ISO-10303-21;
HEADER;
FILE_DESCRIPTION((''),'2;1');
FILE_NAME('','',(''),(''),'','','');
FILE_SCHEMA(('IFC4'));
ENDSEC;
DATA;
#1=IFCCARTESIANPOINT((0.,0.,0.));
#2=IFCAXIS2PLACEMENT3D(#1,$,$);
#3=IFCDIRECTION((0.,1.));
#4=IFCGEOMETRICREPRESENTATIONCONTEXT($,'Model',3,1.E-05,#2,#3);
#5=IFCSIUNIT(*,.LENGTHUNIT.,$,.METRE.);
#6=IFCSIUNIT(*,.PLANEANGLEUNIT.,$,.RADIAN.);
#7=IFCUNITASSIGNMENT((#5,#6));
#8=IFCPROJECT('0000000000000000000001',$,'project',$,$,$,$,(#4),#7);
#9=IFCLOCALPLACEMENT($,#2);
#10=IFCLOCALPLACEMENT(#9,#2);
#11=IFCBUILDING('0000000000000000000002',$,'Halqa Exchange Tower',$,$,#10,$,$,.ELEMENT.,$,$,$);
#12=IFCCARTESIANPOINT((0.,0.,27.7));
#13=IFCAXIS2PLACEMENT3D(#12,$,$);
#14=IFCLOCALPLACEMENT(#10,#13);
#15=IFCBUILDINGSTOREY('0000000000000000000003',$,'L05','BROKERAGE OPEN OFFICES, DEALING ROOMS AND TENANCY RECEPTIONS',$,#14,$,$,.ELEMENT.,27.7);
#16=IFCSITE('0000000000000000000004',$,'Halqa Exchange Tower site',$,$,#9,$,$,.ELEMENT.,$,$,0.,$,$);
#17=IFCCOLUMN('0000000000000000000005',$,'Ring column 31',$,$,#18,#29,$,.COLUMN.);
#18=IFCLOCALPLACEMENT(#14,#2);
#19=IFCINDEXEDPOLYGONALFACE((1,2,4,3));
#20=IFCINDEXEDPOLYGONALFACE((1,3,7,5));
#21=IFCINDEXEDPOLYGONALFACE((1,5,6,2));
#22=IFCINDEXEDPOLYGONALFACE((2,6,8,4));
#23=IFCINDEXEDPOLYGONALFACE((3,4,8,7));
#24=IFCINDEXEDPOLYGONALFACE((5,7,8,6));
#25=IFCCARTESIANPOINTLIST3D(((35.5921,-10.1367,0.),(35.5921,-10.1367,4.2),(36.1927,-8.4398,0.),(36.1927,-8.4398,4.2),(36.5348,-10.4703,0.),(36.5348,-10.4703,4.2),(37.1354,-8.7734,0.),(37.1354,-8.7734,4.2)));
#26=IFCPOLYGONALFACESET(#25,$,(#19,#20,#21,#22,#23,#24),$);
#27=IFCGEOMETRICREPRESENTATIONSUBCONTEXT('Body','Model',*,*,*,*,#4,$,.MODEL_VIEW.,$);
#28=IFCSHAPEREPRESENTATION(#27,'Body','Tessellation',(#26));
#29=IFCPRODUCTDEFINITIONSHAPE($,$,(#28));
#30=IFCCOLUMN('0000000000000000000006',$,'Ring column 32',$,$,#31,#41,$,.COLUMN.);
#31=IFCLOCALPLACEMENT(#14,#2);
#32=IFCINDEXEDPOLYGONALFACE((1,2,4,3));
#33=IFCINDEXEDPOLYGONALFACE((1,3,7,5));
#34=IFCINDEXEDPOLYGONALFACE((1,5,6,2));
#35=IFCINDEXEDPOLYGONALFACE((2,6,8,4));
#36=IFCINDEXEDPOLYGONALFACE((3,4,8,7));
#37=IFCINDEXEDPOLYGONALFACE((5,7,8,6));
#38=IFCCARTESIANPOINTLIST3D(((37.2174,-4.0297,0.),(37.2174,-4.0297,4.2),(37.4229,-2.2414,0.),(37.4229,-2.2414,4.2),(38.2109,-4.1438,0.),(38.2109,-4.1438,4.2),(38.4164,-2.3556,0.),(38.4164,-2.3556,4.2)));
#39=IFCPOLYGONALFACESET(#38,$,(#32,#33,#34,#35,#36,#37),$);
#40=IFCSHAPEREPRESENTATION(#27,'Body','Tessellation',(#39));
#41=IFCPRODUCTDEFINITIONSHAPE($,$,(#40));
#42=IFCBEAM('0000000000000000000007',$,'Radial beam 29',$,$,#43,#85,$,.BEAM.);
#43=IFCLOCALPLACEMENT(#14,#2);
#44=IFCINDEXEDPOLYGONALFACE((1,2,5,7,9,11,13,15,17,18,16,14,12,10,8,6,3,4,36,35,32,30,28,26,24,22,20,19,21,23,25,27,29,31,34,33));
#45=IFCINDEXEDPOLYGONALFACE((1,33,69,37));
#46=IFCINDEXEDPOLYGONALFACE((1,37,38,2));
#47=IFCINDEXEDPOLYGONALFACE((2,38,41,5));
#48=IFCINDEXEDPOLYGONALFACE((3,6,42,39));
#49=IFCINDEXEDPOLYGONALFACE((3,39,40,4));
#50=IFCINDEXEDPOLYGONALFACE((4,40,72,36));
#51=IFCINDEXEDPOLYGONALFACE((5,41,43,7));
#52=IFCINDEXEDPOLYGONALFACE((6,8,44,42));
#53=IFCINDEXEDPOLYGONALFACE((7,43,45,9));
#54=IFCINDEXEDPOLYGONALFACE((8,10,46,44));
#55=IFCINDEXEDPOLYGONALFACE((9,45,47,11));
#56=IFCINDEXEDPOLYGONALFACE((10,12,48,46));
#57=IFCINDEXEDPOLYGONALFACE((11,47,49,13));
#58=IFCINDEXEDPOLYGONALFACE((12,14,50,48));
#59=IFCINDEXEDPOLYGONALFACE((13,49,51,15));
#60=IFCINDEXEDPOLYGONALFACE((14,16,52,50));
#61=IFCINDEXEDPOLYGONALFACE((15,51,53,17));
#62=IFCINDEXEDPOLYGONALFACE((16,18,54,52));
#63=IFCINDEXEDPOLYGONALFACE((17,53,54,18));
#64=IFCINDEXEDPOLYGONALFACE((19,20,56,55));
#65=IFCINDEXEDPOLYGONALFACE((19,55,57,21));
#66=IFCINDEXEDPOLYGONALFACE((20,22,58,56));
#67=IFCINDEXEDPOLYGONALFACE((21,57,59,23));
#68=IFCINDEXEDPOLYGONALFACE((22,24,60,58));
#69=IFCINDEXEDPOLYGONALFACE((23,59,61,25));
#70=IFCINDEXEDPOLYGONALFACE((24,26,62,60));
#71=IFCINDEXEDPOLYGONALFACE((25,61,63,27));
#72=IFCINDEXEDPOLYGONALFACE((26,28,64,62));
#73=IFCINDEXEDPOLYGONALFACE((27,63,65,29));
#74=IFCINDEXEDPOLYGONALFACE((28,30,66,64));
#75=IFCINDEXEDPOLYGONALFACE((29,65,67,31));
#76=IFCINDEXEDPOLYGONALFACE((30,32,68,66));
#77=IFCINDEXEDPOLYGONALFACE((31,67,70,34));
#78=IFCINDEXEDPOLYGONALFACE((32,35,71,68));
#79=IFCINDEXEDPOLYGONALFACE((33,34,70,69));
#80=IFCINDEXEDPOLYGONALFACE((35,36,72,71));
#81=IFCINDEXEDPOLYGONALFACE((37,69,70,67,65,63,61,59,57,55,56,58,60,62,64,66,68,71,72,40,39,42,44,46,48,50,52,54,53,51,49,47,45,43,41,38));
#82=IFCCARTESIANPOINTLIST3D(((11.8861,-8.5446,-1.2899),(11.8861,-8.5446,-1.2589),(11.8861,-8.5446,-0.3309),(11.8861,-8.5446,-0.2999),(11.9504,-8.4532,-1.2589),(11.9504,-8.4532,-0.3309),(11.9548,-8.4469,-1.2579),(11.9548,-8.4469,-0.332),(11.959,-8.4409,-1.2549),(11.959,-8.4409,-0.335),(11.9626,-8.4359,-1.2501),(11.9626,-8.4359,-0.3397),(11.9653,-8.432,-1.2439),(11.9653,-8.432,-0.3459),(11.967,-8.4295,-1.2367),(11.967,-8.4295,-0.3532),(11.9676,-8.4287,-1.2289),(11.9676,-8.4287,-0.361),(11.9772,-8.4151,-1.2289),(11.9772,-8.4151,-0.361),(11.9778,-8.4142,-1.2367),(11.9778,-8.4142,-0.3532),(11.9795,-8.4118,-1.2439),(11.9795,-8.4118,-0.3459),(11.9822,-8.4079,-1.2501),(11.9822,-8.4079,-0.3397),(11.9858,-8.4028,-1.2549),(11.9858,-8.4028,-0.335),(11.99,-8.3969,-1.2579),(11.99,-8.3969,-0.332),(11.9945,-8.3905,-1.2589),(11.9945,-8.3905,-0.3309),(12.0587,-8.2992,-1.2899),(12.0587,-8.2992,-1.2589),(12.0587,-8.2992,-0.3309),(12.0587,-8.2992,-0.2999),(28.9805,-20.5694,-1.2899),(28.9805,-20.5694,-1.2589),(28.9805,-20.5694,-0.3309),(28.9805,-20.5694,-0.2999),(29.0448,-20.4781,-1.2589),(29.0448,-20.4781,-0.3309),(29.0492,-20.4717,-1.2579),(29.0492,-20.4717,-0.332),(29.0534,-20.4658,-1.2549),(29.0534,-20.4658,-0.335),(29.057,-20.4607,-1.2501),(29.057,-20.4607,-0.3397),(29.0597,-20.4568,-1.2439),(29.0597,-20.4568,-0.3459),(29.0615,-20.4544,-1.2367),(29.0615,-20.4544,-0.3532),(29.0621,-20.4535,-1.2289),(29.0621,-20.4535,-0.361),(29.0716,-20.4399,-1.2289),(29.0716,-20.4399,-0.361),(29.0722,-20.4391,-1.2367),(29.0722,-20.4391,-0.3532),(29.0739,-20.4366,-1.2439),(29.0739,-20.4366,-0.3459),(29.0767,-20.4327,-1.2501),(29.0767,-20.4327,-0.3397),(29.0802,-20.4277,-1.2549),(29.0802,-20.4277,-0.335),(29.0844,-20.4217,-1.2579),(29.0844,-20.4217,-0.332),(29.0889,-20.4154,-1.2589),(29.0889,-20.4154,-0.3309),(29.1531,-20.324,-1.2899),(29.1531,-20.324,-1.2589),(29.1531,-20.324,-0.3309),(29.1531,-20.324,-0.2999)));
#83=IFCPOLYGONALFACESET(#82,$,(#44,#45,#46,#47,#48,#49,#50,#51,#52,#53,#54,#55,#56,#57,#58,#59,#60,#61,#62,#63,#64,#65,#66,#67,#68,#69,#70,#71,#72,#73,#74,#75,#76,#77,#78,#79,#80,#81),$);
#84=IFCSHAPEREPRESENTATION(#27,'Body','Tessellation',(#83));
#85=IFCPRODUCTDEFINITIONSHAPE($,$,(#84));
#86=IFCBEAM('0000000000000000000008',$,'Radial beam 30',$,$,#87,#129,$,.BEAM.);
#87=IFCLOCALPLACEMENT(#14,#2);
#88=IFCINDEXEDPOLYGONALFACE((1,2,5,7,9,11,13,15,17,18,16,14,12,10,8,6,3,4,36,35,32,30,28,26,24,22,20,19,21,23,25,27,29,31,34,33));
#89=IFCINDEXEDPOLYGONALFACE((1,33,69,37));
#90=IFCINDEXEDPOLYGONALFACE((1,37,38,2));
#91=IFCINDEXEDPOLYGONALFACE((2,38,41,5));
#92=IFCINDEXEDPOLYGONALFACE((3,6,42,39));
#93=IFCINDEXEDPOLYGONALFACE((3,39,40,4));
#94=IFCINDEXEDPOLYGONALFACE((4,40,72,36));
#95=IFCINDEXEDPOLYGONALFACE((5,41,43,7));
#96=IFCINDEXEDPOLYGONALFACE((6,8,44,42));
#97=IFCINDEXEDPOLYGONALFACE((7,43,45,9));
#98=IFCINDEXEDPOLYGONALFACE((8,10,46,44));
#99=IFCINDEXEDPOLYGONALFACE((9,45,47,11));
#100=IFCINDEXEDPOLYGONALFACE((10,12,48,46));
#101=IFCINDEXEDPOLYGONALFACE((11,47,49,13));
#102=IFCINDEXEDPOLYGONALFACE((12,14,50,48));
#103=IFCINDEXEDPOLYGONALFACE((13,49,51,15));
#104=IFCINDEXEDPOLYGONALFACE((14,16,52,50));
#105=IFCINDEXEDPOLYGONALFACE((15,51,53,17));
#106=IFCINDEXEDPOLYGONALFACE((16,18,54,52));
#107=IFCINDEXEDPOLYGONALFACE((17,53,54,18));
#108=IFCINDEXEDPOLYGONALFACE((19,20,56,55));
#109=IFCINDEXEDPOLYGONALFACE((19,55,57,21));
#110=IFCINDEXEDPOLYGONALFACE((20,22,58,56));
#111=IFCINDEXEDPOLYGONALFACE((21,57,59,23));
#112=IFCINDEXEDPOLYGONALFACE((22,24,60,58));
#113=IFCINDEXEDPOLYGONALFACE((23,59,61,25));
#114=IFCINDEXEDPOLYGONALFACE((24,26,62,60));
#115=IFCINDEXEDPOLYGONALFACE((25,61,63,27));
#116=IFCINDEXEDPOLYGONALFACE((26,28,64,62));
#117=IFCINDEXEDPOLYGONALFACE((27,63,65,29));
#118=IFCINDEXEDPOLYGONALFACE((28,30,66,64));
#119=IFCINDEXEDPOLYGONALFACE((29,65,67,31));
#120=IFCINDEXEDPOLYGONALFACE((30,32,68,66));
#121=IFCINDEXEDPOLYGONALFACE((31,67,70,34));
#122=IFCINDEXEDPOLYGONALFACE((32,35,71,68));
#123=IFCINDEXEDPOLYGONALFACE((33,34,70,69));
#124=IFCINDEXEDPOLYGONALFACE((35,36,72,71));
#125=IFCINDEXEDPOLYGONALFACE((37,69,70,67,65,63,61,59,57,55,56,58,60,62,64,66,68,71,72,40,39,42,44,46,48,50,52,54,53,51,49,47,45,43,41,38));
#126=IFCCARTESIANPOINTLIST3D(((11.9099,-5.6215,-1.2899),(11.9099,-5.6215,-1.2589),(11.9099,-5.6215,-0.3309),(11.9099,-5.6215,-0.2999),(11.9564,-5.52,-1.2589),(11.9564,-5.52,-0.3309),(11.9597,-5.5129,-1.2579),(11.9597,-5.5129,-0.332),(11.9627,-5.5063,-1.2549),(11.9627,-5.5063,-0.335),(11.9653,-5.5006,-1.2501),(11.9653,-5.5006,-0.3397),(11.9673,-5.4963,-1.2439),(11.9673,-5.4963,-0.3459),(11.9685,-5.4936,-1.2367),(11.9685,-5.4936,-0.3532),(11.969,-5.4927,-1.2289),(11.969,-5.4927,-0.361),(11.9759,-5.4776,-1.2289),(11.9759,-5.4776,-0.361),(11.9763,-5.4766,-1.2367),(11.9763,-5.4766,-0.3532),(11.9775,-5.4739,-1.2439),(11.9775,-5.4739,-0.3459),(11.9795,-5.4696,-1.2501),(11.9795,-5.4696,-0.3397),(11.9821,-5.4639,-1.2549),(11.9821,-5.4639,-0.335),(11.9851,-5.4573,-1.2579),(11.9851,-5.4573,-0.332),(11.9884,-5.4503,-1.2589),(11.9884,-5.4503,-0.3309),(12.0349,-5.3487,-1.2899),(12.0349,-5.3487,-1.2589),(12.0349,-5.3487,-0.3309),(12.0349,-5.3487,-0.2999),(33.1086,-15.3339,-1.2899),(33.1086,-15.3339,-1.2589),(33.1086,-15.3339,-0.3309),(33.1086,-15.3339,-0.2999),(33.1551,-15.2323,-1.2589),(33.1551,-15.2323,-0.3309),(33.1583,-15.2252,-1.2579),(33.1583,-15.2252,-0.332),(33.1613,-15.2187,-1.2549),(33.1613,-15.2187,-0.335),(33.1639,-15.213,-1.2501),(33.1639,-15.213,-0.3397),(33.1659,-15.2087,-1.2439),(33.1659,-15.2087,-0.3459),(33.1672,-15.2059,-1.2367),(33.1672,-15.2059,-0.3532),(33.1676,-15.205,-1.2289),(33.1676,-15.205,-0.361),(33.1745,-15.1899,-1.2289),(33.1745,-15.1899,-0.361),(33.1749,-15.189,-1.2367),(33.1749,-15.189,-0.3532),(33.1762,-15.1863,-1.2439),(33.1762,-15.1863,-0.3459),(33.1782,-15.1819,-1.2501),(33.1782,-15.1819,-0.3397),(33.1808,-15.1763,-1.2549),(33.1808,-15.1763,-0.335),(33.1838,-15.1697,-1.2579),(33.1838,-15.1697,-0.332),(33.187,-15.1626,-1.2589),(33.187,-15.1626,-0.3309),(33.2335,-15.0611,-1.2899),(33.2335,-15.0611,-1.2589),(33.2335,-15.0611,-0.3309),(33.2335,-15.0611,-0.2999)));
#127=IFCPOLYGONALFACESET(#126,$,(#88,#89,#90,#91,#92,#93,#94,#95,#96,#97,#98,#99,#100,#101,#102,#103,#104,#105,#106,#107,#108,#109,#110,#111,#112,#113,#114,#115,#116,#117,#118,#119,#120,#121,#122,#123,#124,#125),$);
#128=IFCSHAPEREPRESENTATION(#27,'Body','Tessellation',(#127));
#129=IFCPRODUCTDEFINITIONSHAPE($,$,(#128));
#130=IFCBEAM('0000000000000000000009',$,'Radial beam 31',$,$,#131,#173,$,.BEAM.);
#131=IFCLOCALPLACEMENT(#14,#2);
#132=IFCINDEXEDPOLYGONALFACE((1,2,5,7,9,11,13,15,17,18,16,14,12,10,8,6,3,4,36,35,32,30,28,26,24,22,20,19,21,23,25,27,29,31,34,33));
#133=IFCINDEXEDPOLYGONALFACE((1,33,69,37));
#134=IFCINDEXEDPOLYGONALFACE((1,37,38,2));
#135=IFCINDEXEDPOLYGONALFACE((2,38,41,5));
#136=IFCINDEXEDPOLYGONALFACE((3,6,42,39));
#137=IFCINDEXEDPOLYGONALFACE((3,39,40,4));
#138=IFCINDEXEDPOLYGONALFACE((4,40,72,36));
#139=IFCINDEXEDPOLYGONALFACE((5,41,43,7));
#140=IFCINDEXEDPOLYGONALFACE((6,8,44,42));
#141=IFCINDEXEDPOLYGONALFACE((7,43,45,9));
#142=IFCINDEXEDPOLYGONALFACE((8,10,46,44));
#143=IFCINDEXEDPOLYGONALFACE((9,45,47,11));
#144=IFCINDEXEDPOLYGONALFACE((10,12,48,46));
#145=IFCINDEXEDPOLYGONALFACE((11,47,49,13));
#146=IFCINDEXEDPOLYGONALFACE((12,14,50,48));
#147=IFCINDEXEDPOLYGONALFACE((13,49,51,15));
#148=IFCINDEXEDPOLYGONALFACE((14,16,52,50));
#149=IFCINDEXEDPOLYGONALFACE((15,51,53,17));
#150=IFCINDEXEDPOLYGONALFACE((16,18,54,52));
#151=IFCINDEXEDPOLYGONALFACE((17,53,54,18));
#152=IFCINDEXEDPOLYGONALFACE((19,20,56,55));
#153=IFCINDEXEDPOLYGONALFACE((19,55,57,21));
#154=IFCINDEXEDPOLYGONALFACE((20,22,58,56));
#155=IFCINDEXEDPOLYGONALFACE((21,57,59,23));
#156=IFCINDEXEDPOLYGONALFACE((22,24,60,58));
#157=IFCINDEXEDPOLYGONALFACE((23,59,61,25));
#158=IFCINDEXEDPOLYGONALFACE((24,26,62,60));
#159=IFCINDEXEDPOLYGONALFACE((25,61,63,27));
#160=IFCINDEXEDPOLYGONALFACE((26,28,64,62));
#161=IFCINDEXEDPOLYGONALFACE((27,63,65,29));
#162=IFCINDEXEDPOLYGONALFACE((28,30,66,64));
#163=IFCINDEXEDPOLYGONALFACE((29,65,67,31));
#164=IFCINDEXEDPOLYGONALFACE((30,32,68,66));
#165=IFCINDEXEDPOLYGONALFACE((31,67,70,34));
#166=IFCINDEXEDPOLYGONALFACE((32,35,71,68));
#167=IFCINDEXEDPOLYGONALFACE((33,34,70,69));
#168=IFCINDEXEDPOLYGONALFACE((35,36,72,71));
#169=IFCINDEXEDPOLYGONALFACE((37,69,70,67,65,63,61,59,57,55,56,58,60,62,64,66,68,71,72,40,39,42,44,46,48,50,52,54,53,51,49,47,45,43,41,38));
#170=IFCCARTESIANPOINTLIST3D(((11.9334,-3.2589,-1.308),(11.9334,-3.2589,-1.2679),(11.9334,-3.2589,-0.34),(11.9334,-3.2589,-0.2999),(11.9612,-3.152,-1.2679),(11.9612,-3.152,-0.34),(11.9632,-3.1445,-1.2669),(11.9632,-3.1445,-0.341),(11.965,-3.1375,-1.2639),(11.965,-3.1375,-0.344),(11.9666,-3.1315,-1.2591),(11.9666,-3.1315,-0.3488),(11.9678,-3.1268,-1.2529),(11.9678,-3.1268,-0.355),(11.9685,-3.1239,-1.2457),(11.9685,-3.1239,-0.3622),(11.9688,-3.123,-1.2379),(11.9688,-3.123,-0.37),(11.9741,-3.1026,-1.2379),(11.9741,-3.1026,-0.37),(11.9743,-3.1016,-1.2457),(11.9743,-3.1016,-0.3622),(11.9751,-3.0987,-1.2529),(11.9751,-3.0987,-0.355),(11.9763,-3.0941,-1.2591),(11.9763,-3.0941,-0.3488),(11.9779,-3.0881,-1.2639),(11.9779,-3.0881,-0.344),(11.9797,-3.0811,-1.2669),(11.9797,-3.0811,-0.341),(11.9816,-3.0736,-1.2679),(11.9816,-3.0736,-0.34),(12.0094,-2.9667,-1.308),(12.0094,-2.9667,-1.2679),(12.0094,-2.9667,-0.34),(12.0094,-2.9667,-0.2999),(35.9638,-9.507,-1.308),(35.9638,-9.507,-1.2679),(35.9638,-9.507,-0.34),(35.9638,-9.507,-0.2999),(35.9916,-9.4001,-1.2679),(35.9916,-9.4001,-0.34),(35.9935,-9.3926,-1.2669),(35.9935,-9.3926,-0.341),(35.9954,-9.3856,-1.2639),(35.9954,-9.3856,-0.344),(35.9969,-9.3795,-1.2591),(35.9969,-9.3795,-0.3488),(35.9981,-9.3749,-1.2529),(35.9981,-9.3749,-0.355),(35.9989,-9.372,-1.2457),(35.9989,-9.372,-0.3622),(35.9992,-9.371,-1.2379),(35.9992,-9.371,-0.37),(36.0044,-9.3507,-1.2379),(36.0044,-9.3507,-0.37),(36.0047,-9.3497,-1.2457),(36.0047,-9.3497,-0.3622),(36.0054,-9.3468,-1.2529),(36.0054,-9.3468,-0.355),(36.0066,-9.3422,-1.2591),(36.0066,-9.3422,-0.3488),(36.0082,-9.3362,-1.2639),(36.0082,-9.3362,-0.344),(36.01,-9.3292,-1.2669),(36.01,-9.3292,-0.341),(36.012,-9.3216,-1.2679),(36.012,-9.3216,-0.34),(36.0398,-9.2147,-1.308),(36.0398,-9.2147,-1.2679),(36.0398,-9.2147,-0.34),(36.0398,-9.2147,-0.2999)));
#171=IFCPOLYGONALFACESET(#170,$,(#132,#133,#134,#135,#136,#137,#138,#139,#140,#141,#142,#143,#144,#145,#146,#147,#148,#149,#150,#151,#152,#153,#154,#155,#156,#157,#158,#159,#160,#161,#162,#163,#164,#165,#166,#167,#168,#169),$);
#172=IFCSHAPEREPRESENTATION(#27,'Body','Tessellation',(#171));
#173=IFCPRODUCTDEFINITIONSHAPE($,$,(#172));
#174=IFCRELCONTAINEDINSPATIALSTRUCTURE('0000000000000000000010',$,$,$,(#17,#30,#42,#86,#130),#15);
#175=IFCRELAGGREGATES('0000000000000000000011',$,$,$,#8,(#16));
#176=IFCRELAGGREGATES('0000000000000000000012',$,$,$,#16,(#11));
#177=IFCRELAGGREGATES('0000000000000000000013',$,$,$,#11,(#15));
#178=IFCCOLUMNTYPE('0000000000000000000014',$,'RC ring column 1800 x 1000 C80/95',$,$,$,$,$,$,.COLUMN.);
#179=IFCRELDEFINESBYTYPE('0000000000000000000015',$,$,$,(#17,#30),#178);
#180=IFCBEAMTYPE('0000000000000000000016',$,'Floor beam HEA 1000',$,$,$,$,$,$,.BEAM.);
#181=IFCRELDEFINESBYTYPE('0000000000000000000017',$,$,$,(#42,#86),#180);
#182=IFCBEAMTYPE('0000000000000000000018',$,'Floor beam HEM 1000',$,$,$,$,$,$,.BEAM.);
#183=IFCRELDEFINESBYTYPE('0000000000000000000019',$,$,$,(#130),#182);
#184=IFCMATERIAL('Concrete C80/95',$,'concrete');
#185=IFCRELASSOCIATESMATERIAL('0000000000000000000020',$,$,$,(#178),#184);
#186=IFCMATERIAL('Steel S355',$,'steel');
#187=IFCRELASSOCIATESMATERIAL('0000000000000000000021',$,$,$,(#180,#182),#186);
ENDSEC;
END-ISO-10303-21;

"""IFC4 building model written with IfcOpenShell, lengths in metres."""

from ifc_helpers import new_model, si_unit, direction, frame, origin, origin_2d, place, context, subcontext, project, spatial, rectangle, i_section, extrude, material, material_profile, profile_set, type_object, element, save


model = new_model("IFC4")

# Units and contexts
model_context = context("Model", 3, precision=1e-05, world=origin(), true_north=direction((0.0, 1.0)))
body_context = subcontext(model_context, "Body", "Model", "MODEL_VIEW")
ifc_project = project(units=[si_unit("LENGTHUNIT", "METRE"), si_unit("PLANEANGLEUNIT", "RADIAN")], contexts=[model_context])

# Site, building, storey
site_placement = place(None, origin())
site = spatial("IfcSite", under=ifc_project, at=site_placement, Name="Halqa Exchange Tower site", CompositionType="ELEMENT", RefElevation=0.0)
building_placement = place(site_placement, origin())
building = spatial("IfcBuilding", under=site, at=building_placement, Name="Halqa Exchange Tower", CompositionType="ELEMENT")
storey_placement = place(building_placement, frame((0.0, 0.0, 27.7)))
storey = spatial("IfcBuildingStorey", under=building, at=storey_placement, Name="L05", Description="BROKERAGE OPEN OFFICES, DEALING ROOMS AND TENANCY RECEPTIONS", CompositionType="ELEMENT", Elevation=27.7)

# Columns
ifc_material_1 = material(Name="Concrete C80/95", Category="concrete")
ifc_material_profile_1 = material_profile(ifc_material_1, rectangle(XDim=1.8, YDim=1.0, at=origin_2d()), Name="1800 x 1000")
ifc_profile_set_1 = profile_set([ifc_material_profile_1], Name="Concrete C80/95")
column_type = type_object("IfcColumnType", Name="RC ring column 1800 x 1000 C80/95", PredefinedType="COLUMN", material=ifc_profile_set_1)
for number, where, z_axis, x_axis, name in (
    (1, (36.3638, -9.4551, 0.0), (0.0, 0.0, 1.0), (0.333628, 0.942705, 0.0), "Ring column 31"),
    (2, (37.8169, -3.1926, 0.0), (0.0, 0.0, 1.0), (0.114155, 0.993463, 0.0), "Ring column 32"),
):
    element("IfcColumn", number, at=place(storey_placement, frame(where, z_axis=z_axis, x_axis=x_axis)), inside=storey, type_object=column_type, Name=name, PredefinedType="COLUMN", context=body_context, shape_type="SweptSolid", body=[
        extrude(rectangle(XDim=1.8, YDim=1.0, at=origin_2d()), origin(), (0.0, 0.0, 1.0), 4.2),
    ])

# Beams
ifc_material_2 = material(Name="Steel S355", Category="steel")
ifc_material_profile_2 = material_profile(ifc_material_2, i_section(OverallWidth=0.3, OverallDepth=0.99, WebThickness=0.0166, FlangeThickness=0.031, FilletRadius=0.03, at=origin_2d()), Name="HEA 1000")
ifc_profile_set_2 = profile_set([ifc_material_profile_2], Name="Steel S355")
beam_type_1 = type_object("IfcBeamType", Name="Floor beam HEA 1000", PredefinedType="BEAM", material=ifc_profile_set_2)
beam_1_placement = place(storey_placement, frame((11.9724, -8.4219, -0.7949), z_axis=(0.817909, -0.575348, 0.0), x_axis=(0.575348, 0.817909, 0.0)))
element("IfcBeam", 3, at=beam_1_placement, inside=storey, type_object=beam_type_1, Name="Radial beam 29", PredefinedType="BEAM", context=body_context, shape_type="SweptSolid", body=[
    extrude(i_section(OverallWidth=0.3, OverallDepth=0.99, WebThickness=0.0166, FlangeThickness=0.031, FilletRadius=0.03, at=origin_2d()), origin(), (0.0, 0.0, 1.0), 20.9001),
])
beam_2_placement = place(storey_placement, frame((11.9724, -5.4851, -0.7949), z_axis=(0.909125, -0.416524, 0.0), x_axis=(0.416524, 0.909125, 0.0)))
element("IfcBeam", 4, at=beam_2_placement, inside=storey, type_object=beam_type_1, Name="Radial beam 30", PredefinedType="BEAM", context=body_context, shape_type="SweptSolid", body=[
    extrude(i_section(OverallWidth=0.3, OverallDepth=0.99, WebThickness=0.0166, FlangeThickness=0.031, FilletRadius=0.03, at=origin_2d()), origin(), (0.0, 0.0, 1.0), 23.3176),
])
ifc_material_profile_3 = material_profile(ifc_material_2, i_section(OverallWidth=0.302, OverallDepth=1.0081, WebThickness=0.021, FlangeThickness=0.04, FilletRadius=0.03, at=origin_2d()), Name="HEM 1000")
ifc_profile_set_3 = profile_set([ifc_material_profile_3], Name="Steel S355")
beam_type_2 = type_object("IfcBeamType", Name="Floor beam HEM 1000", PredefinedType="BEAM", material=ifc_profile_set_3)
beam_3_placement = place(storey_placement, frame((11.9714, -3.1128, -0.804), z_axis=(0.967821, -0.25164, 0.0), x_axis=(0.25164, 0.967821, 0.0)))
element("IfcBeam", 5, at=beam_3_placement, inside=storey, type_object=beam_type_2, Name="Radial beam 31", PredefinedType="BEAM", context=body_context, shape_type="SweptSolid", body=[
    extrude(i_section(OverallWidth=0.302, OverallDepth=1.0081, WebThickness=0.021, FlangeThickness=0.04, FilletRadius=0.03, at=origin_2d()), origin(), (0.0, 0.0, 1.0), 24.8293),
])

save(model, "model.ifc")
